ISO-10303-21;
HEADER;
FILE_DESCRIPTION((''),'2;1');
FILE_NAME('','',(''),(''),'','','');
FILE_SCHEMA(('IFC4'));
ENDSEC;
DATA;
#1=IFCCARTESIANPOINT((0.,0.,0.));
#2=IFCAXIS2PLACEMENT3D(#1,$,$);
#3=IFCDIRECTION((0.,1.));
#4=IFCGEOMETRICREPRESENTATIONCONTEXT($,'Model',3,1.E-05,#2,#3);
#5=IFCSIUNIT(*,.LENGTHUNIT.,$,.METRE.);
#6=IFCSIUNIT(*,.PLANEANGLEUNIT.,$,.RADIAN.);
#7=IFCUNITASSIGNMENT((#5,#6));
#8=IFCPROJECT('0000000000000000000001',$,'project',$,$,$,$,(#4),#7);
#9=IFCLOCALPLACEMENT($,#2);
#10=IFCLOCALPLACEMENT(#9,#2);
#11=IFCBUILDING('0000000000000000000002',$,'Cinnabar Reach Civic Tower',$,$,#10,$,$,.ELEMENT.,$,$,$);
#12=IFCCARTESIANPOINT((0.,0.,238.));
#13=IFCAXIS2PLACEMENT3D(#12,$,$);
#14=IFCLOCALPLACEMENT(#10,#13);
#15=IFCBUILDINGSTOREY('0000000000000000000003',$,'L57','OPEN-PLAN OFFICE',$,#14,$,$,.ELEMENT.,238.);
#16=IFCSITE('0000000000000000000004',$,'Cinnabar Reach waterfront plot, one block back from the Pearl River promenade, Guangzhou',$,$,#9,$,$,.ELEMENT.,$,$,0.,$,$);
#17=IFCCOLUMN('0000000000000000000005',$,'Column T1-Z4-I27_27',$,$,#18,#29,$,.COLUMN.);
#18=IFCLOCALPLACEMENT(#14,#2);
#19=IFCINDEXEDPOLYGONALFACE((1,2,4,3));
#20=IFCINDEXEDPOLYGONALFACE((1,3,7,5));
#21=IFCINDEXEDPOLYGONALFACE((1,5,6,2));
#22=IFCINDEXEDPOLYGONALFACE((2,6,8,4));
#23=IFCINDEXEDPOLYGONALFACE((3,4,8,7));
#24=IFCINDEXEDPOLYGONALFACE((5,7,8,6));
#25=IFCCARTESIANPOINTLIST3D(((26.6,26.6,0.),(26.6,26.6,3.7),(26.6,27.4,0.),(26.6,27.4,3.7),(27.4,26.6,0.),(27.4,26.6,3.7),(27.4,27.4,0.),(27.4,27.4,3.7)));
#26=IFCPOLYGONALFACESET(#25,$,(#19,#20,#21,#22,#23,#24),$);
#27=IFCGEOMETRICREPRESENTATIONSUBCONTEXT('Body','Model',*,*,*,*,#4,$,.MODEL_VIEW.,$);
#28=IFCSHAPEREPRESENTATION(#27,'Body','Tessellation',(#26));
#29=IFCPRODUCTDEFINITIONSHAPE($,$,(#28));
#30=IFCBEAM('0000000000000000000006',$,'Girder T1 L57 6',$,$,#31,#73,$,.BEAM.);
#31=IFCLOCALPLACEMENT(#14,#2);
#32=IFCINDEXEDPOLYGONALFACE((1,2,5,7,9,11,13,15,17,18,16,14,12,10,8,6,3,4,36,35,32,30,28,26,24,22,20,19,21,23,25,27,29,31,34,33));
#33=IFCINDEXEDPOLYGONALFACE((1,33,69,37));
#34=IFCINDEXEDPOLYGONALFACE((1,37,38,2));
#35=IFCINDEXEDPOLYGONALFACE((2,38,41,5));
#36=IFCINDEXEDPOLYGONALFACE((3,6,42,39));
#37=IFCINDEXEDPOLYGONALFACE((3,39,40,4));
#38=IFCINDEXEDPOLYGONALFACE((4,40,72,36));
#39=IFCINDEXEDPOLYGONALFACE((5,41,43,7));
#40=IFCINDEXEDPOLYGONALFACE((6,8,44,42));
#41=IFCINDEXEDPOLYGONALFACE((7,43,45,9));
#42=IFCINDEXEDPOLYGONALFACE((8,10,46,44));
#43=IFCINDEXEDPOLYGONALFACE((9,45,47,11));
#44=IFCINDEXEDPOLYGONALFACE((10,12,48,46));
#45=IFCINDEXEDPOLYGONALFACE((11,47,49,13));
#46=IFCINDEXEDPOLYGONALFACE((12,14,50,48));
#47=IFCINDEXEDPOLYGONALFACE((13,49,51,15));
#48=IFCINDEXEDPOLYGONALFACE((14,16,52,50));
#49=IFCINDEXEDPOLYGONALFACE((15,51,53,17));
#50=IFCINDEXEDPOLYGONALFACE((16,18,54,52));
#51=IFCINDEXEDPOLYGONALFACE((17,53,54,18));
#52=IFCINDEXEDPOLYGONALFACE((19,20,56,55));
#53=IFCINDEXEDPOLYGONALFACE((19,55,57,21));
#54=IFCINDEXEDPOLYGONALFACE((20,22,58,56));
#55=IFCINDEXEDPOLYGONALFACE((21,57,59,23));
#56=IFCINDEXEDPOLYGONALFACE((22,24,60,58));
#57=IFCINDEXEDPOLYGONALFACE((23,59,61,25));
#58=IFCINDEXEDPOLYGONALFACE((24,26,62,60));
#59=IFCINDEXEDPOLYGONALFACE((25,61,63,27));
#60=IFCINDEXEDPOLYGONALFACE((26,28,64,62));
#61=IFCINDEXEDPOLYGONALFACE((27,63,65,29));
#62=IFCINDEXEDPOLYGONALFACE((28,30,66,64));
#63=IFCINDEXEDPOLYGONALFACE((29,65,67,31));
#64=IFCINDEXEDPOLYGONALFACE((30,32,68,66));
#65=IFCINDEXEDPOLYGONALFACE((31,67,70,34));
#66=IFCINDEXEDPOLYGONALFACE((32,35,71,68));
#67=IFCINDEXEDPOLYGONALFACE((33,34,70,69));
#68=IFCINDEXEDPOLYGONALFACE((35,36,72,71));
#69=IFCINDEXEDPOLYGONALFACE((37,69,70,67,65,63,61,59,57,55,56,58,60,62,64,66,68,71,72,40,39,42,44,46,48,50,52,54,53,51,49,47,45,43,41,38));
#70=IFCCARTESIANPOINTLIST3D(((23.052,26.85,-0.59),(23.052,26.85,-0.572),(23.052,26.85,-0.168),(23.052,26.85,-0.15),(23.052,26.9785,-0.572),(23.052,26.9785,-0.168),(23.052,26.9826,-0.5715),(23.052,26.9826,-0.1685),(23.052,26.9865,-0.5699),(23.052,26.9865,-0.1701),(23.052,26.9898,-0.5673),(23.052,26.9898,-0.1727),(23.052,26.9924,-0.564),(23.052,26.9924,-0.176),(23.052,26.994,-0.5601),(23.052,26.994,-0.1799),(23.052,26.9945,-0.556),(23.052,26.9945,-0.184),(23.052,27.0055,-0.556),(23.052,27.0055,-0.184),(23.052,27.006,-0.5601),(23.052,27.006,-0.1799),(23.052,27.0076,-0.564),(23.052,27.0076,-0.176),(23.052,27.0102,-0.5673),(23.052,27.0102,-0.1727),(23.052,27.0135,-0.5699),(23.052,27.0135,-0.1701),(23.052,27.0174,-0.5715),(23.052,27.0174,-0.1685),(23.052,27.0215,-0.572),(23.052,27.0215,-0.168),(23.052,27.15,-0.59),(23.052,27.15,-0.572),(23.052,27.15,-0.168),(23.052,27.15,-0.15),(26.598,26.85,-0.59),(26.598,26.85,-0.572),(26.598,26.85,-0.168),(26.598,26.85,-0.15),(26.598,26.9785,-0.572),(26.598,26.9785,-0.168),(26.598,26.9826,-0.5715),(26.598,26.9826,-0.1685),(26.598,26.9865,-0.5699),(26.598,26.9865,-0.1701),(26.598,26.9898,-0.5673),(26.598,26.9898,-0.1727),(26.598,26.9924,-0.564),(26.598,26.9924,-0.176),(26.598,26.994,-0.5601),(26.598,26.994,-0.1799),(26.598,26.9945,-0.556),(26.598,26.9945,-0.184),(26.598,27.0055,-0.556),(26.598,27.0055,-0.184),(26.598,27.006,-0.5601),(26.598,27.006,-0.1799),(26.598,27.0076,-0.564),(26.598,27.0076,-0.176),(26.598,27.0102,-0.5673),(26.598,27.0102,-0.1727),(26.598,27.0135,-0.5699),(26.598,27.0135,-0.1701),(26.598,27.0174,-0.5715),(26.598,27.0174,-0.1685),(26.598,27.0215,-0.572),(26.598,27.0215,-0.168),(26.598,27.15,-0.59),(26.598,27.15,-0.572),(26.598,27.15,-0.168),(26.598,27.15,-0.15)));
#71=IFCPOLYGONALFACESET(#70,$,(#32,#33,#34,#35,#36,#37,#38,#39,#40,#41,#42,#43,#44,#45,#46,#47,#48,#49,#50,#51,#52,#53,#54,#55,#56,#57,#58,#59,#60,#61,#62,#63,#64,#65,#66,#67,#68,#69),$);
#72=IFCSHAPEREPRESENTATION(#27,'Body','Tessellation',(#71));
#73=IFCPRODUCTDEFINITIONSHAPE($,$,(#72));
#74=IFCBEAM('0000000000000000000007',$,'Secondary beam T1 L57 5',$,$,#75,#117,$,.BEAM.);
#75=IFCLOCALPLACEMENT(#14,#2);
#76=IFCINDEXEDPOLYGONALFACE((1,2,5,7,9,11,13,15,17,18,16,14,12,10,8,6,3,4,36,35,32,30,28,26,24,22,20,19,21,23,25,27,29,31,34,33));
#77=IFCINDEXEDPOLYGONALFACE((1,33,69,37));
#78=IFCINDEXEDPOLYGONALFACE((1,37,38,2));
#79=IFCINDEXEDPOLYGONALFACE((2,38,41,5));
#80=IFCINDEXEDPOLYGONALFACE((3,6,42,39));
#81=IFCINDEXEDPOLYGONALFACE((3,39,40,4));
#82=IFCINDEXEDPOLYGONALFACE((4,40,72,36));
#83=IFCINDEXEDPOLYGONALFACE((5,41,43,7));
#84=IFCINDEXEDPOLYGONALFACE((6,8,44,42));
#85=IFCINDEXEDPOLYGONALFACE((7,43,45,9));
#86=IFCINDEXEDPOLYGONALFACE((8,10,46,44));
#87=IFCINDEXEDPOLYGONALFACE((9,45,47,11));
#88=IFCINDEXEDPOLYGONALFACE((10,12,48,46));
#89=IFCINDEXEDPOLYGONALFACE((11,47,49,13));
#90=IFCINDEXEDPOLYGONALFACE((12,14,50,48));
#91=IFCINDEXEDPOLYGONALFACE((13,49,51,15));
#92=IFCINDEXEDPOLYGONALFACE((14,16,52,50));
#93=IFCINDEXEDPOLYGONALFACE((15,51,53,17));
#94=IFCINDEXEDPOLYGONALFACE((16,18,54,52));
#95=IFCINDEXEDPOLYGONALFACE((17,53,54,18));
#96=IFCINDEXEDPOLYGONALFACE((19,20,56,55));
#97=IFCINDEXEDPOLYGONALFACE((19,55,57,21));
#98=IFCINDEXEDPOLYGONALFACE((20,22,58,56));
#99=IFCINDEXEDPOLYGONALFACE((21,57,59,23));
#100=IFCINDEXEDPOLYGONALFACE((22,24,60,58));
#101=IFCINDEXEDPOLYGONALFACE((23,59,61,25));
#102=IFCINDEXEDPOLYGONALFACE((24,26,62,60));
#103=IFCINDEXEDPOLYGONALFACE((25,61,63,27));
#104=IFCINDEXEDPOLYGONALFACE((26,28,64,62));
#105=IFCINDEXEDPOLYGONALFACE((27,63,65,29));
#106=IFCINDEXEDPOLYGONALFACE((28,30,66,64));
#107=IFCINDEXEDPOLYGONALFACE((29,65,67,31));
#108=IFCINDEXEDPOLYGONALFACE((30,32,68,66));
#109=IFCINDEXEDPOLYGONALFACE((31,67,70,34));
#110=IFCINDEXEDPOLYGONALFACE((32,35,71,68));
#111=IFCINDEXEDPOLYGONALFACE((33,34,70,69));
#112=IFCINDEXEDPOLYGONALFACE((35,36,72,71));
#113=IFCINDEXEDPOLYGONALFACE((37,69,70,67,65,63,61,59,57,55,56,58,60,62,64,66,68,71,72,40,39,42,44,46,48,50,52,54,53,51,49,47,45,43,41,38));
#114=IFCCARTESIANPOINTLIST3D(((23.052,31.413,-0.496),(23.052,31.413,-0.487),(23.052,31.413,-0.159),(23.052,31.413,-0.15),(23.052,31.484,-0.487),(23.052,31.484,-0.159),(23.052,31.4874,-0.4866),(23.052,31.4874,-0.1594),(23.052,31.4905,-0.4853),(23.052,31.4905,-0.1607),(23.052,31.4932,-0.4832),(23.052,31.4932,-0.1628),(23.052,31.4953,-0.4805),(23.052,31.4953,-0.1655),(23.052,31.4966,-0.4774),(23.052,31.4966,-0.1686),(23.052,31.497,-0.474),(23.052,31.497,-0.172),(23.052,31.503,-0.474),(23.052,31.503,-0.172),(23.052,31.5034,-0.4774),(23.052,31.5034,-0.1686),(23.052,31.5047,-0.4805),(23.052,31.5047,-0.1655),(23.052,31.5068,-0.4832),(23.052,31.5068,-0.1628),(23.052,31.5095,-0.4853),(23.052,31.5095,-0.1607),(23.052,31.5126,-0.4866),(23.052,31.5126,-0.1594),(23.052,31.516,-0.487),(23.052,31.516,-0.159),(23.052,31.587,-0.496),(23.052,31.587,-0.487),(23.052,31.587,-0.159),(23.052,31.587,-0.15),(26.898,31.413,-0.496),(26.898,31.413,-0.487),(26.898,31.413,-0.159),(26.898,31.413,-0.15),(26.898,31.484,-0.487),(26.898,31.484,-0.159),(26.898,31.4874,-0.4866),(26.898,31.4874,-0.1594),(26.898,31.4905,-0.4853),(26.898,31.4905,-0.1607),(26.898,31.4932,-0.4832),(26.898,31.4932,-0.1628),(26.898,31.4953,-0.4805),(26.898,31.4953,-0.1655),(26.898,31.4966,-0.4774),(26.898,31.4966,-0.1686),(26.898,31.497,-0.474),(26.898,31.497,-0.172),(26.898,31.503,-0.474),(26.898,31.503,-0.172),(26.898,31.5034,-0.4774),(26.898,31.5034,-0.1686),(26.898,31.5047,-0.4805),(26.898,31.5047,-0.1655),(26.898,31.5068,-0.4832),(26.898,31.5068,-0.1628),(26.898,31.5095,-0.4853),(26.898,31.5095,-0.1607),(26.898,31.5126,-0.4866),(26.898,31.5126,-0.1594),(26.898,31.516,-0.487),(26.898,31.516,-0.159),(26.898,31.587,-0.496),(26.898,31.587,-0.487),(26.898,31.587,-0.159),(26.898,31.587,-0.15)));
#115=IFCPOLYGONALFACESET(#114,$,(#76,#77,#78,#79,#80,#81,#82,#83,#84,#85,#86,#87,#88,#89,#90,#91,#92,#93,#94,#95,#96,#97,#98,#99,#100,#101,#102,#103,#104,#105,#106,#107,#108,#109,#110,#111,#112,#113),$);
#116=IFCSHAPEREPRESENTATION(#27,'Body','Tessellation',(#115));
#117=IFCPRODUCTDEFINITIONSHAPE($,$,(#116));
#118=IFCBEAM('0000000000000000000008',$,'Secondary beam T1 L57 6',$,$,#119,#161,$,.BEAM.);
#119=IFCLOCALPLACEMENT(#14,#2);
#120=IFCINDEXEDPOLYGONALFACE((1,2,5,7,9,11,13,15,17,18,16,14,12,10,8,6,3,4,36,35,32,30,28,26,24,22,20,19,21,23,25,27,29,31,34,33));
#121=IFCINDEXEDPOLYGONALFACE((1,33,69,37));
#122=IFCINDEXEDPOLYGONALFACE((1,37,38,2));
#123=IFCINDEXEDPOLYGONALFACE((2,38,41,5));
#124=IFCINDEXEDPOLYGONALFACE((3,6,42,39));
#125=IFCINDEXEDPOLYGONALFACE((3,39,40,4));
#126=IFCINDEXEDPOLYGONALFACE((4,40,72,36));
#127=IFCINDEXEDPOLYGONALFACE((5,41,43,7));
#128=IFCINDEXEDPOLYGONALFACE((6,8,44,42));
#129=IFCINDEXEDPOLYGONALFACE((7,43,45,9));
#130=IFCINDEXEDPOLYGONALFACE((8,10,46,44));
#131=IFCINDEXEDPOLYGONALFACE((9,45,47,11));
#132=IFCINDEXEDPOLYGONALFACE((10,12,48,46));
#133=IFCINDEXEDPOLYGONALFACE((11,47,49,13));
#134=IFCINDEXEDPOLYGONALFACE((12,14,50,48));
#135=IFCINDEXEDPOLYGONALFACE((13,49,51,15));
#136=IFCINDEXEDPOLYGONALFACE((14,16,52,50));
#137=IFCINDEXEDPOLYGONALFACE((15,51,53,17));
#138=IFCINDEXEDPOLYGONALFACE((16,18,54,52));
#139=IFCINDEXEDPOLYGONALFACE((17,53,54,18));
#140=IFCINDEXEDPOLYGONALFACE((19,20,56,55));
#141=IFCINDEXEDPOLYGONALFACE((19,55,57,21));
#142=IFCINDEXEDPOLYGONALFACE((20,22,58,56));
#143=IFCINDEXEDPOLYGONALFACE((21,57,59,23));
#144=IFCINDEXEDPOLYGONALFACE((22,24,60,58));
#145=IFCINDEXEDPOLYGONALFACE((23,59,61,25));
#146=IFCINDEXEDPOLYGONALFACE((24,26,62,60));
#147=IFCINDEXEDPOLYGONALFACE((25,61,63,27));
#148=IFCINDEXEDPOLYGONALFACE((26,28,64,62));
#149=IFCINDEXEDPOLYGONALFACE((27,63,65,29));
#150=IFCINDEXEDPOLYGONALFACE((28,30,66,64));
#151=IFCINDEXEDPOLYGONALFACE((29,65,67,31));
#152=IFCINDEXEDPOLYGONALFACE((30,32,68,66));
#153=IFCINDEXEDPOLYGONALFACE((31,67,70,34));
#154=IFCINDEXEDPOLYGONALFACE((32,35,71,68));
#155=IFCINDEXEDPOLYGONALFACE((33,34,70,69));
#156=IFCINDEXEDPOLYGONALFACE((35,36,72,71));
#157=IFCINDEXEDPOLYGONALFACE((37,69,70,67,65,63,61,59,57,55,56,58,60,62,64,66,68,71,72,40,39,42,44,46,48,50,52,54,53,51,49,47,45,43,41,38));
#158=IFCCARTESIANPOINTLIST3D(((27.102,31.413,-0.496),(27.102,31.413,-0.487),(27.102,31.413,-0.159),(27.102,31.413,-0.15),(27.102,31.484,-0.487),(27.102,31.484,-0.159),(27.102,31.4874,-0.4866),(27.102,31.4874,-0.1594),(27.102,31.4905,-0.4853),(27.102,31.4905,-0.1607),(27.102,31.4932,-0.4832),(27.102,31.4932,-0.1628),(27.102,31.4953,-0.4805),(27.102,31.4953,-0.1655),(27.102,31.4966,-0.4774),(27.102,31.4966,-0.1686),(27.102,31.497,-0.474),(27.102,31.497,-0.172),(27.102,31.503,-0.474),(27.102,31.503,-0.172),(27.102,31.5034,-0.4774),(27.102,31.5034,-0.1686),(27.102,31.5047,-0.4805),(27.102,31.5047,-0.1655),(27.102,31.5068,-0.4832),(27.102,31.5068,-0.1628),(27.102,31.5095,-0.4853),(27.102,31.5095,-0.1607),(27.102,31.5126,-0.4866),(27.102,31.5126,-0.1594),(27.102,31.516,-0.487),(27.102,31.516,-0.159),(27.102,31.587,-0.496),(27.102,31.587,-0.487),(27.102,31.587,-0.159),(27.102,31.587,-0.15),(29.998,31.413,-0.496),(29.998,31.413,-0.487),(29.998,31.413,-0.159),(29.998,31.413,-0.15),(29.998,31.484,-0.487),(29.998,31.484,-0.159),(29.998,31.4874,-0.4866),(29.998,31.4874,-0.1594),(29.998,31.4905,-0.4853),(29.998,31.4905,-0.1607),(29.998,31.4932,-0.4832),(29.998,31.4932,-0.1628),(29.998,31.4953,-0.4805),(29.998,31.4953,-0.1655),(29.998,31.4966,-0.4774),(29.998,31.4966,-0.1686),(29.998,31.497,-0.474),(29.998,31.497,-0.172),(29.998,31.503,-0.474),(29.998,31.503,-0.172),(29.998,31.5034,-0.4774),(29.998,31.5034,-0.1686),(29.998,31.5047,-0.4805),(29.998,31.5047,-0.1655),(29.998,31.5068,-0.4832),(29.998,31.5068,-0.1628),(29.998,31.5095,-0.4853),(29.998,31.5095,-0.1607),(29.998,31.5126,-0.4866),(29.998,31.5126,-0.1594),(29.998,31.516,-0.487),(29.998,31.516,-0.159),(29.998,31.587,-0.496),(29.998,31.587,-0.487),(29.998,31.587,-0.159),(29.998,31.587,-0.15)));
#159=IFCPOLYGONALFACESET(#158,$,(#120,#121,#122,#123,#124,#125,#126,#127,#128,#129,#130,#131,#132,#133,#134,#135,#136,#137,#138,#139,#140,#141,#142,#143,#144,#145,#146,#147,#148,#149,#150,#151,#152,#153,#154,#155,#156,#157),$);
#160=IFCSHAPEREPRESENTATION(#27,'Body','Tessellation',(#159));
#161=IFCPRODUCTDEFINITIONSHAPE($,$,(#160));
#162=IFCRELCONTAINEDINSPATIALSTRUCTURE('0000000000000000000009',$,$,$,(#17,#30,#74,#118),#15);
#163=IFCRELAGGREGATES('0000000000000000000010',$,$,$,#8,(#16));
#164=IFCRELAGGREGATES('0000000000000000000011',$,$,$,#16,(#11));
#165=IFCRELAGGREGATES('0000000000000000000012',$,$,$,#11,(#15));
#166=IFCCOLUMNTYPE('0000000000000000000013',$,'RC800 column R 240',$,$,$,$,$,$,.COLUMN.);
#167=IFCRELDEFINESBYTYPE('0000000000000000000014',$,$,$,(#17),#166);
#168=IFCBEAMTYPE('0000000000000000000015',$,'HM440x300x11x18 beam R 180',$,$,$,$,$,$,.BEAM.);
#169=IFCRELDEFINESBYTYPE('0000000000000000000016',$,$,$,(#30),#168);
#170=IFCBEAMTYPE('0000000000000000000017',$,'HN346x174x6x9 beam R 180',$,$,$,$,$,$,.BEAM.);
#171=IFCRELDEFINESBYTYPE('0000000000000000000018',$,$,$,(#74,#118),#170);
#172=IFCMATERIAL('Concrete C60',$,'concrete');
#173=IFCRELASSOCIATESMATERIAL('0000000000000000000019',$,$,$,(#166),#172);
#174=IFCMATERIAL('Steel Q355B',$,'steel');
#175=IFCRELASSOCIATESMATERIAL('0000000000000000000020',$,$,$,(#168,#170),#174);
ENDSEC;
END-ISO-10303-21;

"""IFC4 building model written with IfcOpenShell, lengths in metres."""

from ifc_helpers import new_model, si_unit, direction, frame, origin, origin_2d, place, context, subcontext, project, spatial, rectangle, i_section, extrude, material, material_profile, profile_set, type_object, element, save


model = new_model("IFC4")

# Units and contexts
model_context = context("Model", 3, precision=1e-05, world=origin(), true_north=direction((0.0, 1.0)))
body_context = subcontext(model_context, "Body", "Model", "MODEL_VIEW")
ifc_project = project(units=[si_unit("LENGTHUNIT", "METRE"), si_unit("PLANEANGLEUNIT", "RADIAN")], contexts=[model_context])

# Site, building, storey
site_placement = place(None, origin())
site = spatial("IfcSite", under=ifc_project, at=site_placement, Name="Cinnabar Reach waterfront plot, one block back from the Pearl River promenade, Guangzhou", CompositionType="ELEMENT", RefElevation=0.0)
building_placement = place(site_placement, origin())
building = spatial("IfcBuilding", under=site, at=building_placement, Name="Cinnabar Reach Civic Tower", CompositionType="ELEMENT")
storey_placement = place(building_placement, frame((0.0, 0.0, 238.0)))
storey = spatial("IfcBuildingStorey", under=building, at=storey_placement, Name="L57", Description="OPEN-PLAN OFFICE", CompositionType="ELEMENT", Elevation=238.0)

# Column
ifc_material_1 = material(Name="Concrete C60", Category="concrete")
ifc_material_profile_1 = material_profile(ifc_material_1, rectangle(XDim=0.8, YDim=0.8, at=origin_2d()), Name="RC800")
ifc_profile_set_1 = profile_set([ifc_material_profile_1], Name="Concrete C60")
column_type = type_object("IfcColumnType", Name="RC800 column R 240", PredefinedType="COLUMN", material=ifc_profile_set_1)
column_placement = place(storey_placement, frame((27.0, 27.0, 0.0), z_axis=(0.0, 0.0, 1.0), x_axis=(1.0, 0.0, 0.0)))
element("IfcColumn", 1, at=column_placement, inside=storey, type_object=column_type, Name="Column T1-Z4-I27_27", PredefinedType="COLUMN", context=body_context, shape_type="SweptSolid", body=[
    extrude(rectangle(XDim=0.8, YDim=0.8, at=origin_2d()), origin(), (0.0, 0.0, 1.0), 3.7),
])

# Beams
ifc_material_2 = material(Name="Steel Q355B", Category="steel")
ifc_material_profile_2 = material_profile(ifc_material_2, i_section(OverallWidth=0.3, OverallDepth=0.44, WebThickness=0.011, FlangeThickness=0.018, FilletRadius=0.016, at=origin_2d()), Name="HM440x300x11x18")
ifc_profile_set_2 = profile_set([ifc_material_profile_2], Name="Steel Q355B")
beam_type_1 = type_object("IfcBeamType", Name="HM440x300x11x18 beam R 180", PredefinedType="BEAM", material=ifc_profile_set_2)
beam_1_placement = place(storey_placement, frame((23.052, 27.0, -0.37), z_axis=(1.0, 0.0, 0.0), x_axis=(0.0, 1.0, 0.0)))
element("IfcBeam", 2, at=beam_1_placement, inside=storey, type_object=beam_type_1, Name="Girder T1 L57 6", PredefinedType="BEAM", context=body_context, shape_type="SweptSolid", body=[
    extrude(i_section(OverallWidth=0.3, OverallDepth=0.44, WebThickness=0.011, FlangeThickness=0.018, FilletRadius=0.016, at=origin_2d()), origin(), (0.0, 0.0, 1.0), 3.546),
])
ifc_material_profile_3 = material_profile(ifc_material_2, i_section(OverallWidth=0.174, OverallDepth=0.346, WebThickness=0.006, FlangeThickness=0.009, FilletRadius=0.013, at=origin_2d()), Name="HN346x174x6x9")
ifc_profile_set_3 = profile_set([ifc_material_profile_3], Name="Steel Q355B")
beam_type_2 = type_object("IfcBeamType", Name="HN346x174x6x9 beam R 180", PredefinedType="BEAM", material=ifc_profile_set_3)
beam_2_placement = place(storey_placement, frame((23.052, 31.5, -0.323), z_axis=(1.0, 0.0, 0.0), x_axis=(0.0, 1.0, 0.0)))
element("IfcBeam", 3, at=beam_2_placement, inside=storey, type_object=beam_type_2, Name="Secondary beam T1 L57 5", PredefinedType="BEAM", context=body_context, shape_type="SweptSolid", body=[
    extrude(i_section(OverallWidth=0.174, OverallDepth=0.346, WebThickness=0.006, FlangeThickness=0.009, FilletRadius=0.013, at=origin_2d()), origin(), (0.0, 0.0, 1.0), 3.846),
])
beam_3_placement = place(storey_placement, frame((27.102, 31.5, -0.323), z_axis=(1.0, 0.0, 0.0), x_axis=(0.0, 1.0, 0.0)))
element("IfcBeam", 4, at=beam_3_placement, inside=storey, type_object=beam_type_2, Name="Secondary beam T1 L57 6", PredefinedType="BEAM", context=body_context, shape_type="SweptSolid", body=[
    extrude(i_section(OverallWidth=0.174, OverallDepth=0.346, WebThickness=0.006, FlangeThickness=0.009, FilletRadius=0.013, at=origin_2d()), origin(), (0.0, 0.0, 1.0), 2.896),
])

save(model, "model.ifc")
